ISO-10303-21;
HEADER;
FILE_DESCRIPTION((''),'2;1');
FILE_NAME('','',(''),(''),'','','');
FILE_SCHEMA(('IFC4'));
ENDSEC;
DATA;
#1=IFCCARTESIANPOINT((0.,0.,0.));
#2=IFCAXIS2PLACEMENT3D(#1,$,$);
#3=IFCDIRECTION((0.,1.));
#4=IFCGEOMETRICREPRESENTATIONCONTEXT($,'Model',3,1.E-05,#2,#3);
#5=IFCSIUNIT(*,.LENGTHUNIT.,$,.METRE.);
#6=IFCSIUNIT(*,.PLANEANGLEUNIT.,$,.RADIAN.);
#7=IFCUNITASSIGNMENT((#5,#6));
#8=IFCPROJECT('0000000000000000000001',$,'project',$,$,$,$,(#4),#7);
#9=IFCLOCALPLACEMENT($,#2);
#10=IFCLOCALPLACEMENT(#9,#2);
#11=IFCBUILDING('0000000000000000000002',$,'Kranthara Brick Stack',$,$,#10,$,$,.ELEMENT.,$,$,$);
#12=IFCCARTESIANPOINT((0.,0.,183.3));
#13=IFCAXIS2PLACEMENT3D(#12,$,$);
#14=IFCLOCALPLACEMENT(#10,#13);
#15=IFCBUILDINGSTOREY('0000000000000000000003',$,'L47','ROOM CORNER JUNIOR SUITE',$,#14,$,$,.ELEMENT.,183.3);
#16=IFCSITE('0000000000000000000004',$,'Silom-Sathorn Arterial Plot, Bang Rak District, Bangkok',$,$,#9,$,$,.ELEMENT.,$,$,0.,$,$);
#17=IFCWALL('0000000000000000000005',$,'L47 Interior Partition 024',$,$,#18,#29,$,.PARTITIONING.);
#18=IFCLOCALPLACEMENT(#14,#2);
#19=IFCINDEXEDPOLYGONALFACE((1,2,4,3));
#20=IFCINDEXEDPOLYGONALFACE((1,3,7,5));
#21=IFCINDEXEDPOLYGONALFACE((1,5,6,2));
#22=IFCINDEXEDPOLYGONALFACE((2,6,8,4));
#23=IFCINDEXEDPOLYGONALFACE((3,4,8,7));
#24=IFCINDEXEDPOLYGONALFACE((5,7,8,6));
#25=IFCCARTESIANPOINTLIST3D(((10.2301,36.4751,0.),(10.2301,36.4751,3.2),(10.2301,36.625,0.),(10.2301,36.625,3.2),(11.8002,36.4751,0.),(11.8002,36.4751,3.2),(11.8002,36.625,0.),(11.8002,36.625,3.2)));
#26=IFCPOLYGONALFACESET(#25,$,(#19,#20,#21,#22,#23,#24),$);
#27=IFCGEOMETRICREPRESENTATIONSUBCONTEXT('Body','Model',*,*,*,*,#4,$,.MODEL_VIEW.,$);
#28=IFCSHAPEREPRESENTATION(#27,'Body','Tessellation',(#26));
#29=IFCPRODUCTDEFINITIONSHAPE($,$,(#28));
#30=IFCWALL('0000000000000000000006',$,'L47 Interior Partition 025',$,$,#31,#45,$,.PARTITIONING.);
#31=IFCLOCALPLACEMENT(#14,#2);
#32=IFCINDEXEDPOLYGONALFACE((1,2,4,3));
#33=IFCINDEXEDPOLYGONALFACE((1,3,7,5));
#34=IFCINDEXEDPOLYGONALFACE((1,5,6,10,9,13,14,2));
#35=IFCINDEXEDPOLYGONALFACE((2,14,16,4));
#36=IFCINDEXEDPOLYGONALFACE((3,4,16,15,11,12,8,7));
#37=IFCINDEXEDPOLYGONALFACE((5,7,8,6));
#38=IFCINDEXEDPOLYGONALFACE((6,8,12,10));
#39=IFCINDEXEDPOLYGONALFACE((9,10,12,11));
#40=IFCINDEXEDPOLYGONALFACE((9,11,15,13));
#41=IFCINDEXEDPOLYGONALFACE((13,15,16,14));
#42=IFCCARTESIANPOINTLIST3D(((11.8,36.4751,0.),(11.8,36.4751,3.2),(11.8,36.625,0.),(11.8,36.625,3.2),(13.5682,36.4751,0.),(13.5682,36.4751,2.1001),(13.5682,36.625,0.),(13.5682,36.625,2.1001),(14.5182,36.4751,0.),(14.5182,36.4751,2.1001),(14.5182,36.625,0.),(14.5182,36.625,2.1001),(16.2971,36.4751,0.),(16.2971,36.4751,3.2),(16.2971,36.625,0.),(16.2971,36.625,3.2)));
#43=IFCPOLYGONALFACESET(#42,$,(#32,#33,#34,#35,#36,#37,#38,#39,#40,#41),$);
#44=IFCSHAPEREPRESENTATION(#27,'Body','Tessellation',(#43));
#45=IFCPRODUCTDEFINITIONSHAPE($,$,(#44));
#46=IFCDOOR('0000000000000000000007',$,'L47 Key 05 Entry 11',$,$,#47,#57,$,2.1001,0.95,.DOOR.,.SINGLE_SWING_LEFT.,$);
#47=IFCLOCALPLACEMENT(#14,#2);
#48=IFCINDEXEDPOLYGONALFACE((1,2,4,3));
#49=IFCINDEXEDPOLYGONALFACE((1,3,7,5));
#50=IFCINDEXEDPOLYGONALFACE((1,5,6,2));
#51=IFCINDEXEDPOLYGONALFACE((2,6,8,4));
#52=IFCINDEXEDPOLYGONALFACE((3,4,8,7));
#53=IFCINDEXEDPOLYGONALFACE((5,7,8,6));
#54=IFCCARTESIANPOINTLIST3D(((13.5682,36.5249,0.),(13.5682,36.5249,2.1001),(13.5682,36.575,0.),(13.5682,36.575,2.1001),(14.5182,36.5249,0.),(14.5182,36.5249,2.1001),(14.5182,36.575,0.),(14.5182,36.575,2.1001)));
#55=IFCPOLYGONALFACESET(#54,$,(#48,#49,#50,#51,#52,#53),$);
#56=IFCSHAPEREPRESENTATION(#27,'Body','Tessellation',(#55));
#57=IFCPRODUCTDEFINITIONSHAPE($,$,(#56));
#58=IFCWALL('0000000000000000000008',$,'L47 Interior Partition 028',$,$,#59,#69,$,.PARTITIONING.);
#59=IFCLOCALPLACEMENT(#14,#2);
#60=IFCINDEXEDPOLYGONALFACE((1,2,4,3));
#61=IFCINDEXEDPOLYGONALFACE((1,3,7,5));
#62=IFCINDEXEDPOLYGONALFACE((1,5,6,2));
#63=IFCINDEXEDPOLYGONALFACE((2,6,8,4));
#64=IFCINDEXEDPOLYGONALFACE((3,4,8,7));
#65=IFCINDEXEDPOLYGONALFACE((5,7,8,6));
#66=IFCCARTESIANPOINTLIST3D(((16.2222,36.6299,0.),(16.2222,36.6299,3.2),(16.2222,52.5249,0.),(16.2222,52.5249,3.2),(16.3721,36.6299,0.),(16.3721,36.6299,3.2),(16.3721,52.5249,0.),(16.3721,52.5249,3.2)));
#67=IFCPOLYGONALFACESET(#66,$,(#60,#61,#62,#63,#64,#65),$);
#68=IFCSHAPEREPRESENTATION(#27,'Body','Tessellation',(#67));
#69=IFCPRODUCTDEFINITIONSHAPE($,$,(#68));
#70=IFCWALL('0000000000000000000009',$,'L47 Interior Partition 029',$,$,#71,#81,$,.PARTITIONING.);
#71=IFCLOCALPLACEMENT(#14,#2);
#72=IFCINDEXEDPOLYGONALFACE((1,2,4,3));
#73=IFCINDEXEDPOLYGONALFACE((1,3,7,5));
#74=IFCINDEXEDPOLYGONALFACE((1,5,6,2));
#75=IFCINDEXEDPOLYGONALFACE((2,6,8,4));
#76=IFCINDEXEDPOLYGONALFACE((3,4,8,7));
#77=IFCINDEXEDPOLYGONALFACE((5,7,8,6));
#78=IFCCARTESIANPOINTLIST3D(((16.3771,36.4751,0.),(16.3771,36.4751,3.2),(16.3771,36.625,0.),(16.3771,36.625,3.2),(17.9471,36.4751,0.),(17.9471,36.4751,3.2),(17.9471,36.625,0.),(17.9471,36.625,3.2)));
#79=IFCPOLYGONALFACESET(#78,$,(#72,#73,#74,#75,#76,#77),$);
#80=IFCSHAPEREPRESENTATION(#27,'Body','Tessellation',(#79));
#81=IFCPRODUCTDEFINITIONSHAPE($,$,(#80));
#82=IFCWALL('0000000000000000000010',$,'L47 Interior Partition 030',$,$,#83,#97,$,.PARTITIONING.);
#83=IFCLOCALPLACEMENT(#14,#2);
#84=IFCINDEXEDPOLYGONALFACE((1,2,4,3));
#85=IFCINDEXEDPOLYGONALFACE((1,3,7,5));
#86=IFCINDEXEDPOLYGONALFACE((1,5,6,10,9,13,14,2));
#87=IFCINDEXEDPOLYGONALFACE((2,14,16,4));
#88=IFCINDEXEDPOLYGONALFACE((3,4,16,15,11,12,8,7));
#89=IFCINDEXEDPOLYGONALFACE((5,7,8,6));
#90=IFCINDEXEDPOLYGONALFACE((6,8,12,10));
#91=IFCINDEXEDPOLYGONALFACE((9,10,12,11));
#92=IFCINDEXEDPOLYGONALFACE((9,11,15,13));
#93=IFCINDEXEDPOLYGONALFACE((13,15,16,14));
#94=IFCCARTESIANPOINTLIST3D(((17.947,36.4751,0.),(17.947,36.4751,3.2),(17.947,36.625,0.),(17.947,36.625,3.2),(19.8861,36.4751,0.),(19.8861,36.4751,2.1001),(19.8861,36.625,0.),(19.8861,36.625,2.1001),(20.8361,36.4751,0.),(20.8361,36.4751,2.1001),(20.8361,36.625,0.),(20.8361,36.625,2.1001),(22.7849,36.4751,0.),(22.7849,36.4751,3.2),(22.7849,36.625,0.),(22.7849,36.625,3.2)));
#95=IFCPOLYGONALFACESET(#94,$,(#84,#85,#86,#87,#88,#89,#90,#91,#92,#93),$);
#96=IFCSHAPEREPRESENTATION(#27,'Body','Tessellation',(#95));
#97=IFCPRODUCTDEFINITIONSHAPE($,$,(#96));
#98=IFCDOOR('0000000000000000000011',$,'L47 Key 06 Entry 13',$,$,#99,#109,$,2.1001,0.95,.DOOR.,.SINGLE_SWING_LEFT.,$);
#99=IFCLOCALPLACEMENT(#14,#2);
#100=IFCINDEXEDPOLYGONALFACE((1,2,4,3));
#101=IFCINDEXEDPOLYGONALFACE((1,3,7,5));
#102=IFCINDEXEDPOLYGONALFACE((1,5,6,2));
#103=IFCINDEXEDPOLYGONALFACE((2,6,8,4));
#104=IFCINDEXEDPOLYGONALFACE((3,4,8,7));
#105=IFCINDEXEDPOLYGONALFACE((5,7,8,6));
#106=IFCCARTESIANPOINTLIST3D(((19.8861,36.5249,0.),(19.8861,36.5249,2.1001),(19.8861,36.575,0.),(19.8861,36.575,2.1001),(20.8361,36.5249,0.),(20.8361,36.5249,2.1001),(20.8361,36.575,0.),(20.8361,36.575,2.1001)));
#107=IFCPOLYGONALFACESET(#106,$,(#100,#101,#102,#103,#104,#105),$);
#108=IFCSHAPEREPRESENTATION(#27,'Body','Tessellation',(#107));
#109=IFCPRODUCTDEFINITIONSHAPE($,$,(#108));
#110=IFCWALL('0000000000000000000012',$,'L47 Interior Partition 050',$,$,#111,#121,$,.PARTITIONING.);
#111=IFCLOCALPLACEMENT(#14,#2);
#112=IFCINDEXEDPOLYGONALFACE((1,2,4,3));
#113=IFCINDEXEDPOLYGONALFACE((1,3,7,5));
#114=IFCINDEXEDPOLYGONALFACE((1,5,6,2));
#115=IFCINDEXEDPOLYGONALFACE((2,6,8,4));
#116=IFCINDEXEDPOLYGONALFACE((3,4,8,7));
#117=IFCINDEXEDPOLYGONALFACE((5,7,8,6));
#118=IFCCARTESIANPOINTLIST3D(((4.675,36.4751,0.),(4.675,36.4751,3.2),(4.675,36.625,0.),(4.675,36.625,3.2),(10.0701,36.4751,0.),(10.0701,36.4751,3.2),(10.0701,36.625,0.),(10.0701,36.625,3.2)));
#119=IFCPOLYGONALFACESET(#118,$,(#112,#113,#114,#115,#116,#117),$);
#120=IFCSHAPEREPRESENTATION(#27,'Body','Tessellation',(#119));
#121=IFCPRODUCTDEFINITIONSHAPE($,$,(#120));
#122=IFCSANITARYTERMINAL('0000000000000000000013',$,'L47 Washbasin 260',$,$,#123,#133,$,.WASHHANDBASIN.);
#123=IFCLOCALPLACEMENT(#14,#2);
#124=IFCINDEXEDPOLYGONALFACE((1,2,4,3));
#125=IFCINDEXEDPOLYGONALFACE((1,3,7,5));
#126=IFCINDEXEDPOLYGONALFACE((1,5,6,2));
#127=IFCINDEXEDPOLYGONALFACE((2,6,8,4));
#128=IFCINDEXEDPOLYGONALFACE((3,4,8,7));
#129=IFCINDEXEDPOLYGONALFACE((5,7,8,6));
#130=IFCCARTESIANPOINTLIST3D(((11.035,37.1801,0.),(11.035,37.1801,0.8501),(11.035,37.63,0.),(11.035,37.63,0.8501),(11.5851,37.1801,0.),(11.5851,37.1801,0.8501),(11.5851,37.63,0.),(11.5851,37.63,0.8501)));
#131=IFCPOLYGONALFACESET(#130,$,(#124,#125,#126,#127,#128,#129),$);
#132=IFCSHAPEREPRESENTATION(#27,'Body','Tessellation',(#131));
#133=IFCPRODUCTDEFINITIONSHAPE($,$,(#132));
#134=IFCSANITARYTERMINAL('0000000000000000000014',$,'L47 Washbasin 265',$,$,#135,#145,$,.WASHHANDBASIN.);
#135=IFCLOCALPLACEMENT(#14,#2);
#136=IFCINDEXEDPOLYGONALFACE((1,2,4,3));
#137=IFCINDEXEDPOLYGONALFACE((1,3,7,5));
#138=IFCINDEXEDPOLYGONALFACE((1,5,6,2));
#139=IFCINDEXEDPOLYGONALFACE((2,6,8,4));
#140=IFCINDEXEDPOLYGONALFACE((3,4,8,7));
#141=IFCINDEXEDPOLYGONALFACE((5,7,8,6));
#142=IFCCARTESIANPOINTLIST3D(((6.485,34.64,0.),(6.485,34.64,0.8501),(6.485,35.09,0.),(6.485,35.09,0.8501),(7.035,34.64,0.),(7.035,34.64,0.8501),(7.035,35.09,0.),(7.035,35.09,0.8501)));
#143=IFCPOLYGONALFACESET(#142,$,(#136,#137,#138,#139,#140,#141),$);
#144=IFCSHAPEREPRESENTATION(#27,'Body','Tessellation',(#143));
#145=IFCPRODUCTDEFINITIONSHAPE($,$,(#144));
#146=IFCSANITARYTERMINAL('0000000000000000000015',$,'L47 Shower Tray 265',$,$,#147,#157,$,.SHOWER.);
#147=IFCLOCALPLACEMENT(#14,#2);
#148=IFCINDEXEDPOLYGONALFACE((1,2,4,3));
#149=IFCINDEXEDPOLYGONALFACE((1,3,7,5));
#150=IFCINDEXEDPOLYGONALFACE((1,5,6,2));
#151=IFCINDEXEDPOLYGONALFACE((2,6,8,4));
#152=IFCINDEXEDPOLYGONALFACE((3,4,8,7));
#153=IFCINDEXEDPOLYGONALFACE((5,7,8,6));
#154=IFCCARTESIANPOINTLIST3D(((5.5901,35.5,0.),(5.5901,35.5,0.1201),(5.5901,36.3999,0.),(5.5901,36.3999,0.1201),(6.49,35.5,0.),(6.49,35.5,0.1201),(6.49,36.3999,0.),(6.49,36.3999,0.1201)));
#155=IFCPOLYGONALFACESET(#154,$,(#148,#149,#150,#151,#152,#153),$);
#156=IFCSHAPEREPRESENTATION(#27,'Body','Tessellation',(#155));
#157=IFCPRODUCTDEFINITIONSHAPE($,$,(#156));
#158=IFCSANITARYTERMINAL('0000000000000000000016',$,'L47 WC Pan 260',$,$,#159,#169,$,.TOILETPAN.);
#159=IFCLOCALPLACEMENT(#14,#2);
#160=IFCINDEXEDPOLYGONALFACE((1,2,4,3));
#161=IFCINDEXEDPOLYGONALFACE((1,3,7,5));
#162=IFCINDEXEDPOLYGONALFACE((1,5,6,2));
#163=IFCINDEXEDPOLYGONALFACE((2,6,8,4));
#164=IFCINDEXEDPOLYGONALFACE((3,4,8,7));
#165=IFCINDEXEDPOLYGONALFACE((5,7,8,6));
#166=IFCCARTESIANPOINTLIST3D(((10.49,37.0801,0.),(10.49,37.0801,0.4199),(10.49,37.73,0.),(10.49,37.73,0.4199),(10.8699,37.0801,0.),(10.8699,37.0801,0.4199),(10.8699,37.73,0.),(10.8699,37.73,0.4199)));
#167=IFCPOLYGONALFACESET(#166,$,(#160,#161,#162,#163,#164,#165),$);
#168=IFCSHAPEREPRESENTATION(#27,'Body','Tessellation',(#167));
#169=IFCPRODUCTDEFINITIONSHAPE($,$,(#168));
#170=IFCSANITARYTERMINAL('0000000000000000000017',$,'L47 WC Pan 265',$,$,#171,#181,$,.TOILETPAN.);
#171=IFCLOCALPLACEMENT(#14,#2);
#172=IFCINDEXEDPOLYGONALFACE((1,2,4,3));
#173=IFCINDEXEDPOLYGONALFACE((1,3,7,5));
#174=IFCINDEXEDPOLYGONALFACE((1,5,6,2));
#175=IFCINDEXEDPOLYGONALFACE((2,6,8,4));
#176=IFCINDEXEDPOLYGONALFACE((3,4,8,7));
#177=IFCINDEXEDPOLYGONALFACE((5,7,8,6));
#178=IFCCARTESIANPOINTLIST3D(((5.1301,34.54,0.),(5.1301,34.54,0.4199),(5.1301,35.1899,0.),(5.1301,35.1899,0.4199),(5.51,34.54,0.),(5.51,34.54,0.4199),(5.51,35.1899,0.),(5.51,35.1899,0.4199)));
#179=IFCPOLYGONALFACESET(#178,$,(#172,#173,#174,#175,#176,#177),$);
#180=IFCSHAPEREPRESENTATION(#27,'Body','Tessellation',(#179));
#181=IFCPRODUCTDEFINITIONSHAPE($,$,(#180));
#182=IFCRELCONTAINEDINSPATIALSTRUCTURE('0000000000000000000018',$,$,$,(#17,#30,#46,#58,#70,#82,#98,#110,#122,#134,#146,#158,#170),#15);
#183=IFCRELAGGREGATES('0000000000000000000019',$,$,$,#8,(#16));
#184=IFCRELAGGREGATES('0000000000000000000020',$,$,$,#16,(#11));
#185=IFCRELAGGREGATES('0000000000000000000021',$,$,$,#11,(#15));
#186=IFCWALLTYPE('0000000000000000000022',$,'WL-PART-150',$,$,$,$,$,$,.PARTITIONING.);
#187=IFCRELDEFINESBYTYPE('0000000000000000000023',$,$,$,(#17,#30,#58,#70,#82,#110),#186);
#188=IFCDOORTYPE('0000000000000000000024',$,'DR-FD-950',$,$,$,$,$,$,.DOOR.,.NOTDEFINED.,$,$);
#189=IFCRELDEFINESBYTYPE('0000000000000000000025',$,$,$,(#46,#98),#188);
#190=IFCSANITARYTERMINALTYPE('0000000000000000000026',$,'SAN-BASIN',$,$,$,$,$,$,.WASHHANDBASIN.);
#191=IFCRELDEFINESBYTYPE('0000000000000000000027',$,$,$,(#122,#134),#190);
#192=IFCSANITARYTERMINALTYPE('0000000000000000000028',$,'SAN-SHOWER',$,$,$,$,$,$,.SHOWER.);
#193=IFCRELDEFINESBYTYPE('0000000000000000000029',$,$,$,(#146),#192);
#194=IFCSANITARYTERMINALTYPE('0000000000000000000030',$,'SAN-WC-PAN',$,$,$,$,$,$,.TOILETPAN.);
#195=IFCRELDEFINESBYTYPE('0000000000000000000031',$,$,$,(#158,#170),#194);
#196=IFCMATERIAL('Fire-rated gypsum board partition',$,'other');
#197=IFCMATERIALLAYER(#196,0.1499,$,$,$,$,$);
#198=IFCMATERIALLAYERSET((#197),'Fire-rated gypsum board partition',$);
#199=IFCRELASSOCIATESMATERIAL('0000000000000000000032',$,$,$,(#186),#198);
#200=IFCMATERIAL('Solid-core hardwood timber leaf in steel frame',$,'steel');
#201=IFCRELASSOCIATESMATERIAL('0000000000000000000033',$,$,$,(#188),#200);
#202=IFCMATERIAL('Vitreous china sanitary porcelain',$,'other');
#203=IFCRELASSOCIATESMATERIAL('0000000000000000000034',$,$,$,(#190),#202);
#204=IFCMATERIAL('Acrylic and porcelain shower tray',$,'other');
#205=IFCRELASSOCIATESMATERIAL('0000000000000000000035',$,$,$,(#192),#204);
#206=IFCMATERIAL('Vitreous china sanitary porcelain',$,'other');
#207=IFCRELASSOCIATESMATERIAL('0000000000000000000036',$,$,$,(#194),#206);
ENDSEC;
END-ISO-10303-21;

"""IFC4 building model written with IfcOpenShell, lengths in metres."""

from ifc_helpers import new_model, si_unit, direction, frame, frame_2d, origin, origin_2d, place, context, subcontext, project, spatial, rectangle, extrude, material, layer, layer_set, type_object, element, fill, save


model = new_model("IFC4")

# Units and contexts
model_context = context("Model", 3, precision=1e-05, world=origin(), true_north=direction((0.0, 1.0)))
body_context = subcontext(model_context, "Body", "Model", "MODEL_VIEW")
ifc_project = project(units=[si_unit("LENGTHUNIT", "METRE"), si_unit("PLANEANGLEUNIT", "RADIAN")], contexts=[model_context])

# Site, building, storey
site_placement = place(None, origin())
site = spatial("IfcSite", under=ifc_project, at=site_placement, Name="Silom-Sathorn Arterial Plot, Bang Rak District, Bangkok", CompositionType="ELEMENT", RefElevation=0.0)
building_placement = place(site_placement, origin())
building = spatial("IfcBuilding", under=site, at=building_placement, Name="Kranthara Brick Stack", CompositionType="ELEMENT")
storey_placement = place(building_placement, frame((0.0, 0.0, 183.3)))
storey = spatial("IfcBuildingStorey", under=building, at=storey_placement, Name="L47", Description="ROOM CORNER JUNIOR SUITE", CompositionType="ELEMENT", Elevation=183.3)

# Wall
ifc_material_1 = material(Name="Fire-rated gypsum board partition", Category="other")
ifc_layer_1 = layer(ifc_material_1, 0.1499)
ifc_layer_set_1 = layer_set([ifc_layer_1], Name="Fire-rated gypsum board partition")
wall_type_1 = type_object("IfcWallType", Name="WL-PART-150", PredefinedType="PARTITIONING", material=ifc_layer_set_1)
wall_1_placement = place(storey_placement, frame((10.23, 36.55, 0.0), z_axis=(0.0, 0.0, 1.0), x_axis=(1.0, 0.0, 0.0)))
element("IfcWall", 1, at=wall_1_placement, inside=storey, type_object=wall_type_1, Name="L47 Interior Partition 024", PredefinedType="PARTITIONING", context=body_context, shape_type="SweptSolid", body=[
    extrude(rectangle(XDim=1.5701, YDim=0.1499, at=frame_2d((0.7852, 0.0))), origin(), (0.0, 0.0, 1.0), 3.2),
])

# Wall, opening, door
wall_2_placement = place(storey_placement, frame((11.8, 36.55, 0.0), z_axis=(0.0, 0.0, 1.0), x_axis=(1.0, 0.0, 0.0)))
wall_2 = element("IfcWall", 2, at=wall_2_placement, inside=storey, type_object=wall_type_1, Name="L47 Interior Partition 025", PredefinedType="PARTITIONING", context=body_context, shape_type="SweptSolid", body=[
    extrude(rectangle(XDim=4.4971, YDim=0.1499, at=frame_2d((2.2485, 0.0))), origin(), (0.0, 0.0, 1.0), 3.2),
])
opening_1_placement = place(wall_2_placement, frame((1.7681, 0.0, 0.0)))
opening_1 = element("IfcOpeningElement", 3, at=opening_1_placement, cuts=wall_2, PredefinedType="OPENING", context=body_context, shape_type="SweptSolid", body=[
    extrude(rectangle(XDim=0.95, YDim=2.1001, at=frame_2d((0.4751, 1.05))), frame((0.0, 0.085, 0.0), z_axis=(0.0, -1.0, 0.0), x_axis=(1.0, 0.0, 0.0)), (0.0, 0.0, 1.0), 0.1699),
])
ifc_material_2 = material(Name="Solid-core hardwood timber leaf in steel frame", Category="steel")
door_type_1 = type_object("IfcDoorType", Name="DR-FD-950", OperationType="NOTDEFINED", PredefinedType="DOOR", material=ifc_material_2)
door_1_placement = place(opening_1_placement, origin())
door_1 = element("IfcDoor", 4, at=door_1_placement, inside=storey, type_object=door_type_1, Name="L47 Key 05 Entry 11", OperationType="SINGLE_SWING_LEFT", OverallHeight=2.1001, OverallWidth=0.95, PredefinedType="DOOR", context=body_context, shape_type="SweptSolid", body=[
    extrude(rectangle(XDim=0.95, YDim=2.1001, at=frame_2d((0.4751, 1.05))), frame((0.0, 0.0249, 0.0), z_axis=(0.0, -1.0, 0.0), x_axis=(1.0, 0.0, 0.0)), (0.0, 0.0, 1.0), 0.05),
])
fill(opening_1, door_1)

# Walls
wall_3_placement = place(storey_placement, frame((16.2971, 36.6299, 0.0), z_axis=(0.0, 0.0, 1.0), x_axis=(0.0, 1.0, 0.0)))
element("IfcWall", 5, at=wall_3_placement, inside=storey, type_object=wall_type_1, Name="L47 Interior Partition 028", PredefinedType="PARTITIONING", context=body_context, shape_type="SweptSolid", body=[
    extrude(rectangle(XDim=15.895, YDim=0.1499, at=frame_2d((7.9475, 0.0))), origin(), (0.0, 0.0, 1.0), 3.2),
])
wall_4_placement = place(storey_placement, frame((16.377, 36.55, 0.0), z_axis=(0.0, 0.0, 1.0), x_axis=(1.0, 0.0, 0.0)))
element("IfcWall", 6, at=wall_4_placement, inside=storey, type_object=wall_type_1, Name="L47 Interior Partition 029", PredefinedType="PARTITIONING", context=body_context, shape_type="SweptSolid", body=[
    extrude(rectangle(XDim=1.5701, YDim=0.1499, at=frame_2d((0.7852, 0.0))), origin(), (0.0, 0.0, 1.0), 3.2),
])

# Wall, opening, door
wall_5_placement = place(storey_placement, frame((17.947, 36.55, 0.0), z_axis=(0.0, 0.0, 1.0), x_axis=(1.0, 0.0, 0.0)))
wall_5 = element("IfcWall", 7, at=wall_5_placement, inside=storey, type_object=wall_type_1, Name="L47 Interior Partition 030", PredefinedType="PARTITIONING", context=body_context, shape_type="SweptSolid", body=[
    extrude(rectangle(XDim=4.8379, YDim=0.1499, at=frame_2d((2.4189, 0.0))), origin(), (0.0, 0.0, 1.0), 3.2),
])
opening_2_placement = place(wall_5_placement, frame((1.939, 0.0, 0.0)))
opening_2 = element("IfcOpeningElement", 8, at=opening_2_placement, cuts=wall_5, PredefinedType="OPENING", context=body_context, shape_type="SweptSolid", body=[
    extrude(rectangle(XDim=0.95, YDim=2.1001, at=frame_2d((0.4751, 1.05))), frame((0.0, 0.085, 0.0), z_axis=(0.0, -1.0, 0.0), x_axis=(1.0, 0.0, 0.0)), (0.0, 0.0, 1.0), 0.1699),
])
door_2_placement = place(opening_2_placement, origin())
door_2 = element("IfcDoor", 9, at=door_2_placement, inside=storey, type_object=door_type_1, Name="L47 Key 06 Entry 13", OperationType="SINGLE_SWING_LEFT", OverallHeight=2.1001, OverallWidth=0.95, PredefinedType="DOOR", context=body_context, shape_type="SweptSolid", body=[
    extrude(rectangle(XDim=0.95, YDim=2.1001, at=frame_2d((0.4751, 1.05))), frame((0.0, 0.0249, 0.0), z_axis=(0.0, -1.0, 0.0), x_axis=(1.0, 0.0, 0.0)), (0.0, 0.0, 1.0), 0.05),
])
fill(opening_2, door_2)

# Wall
wall_6_placement = place(storey_placement, frame((4.675, 36.55, 0.0), z_axis=(0.0, 0.0, 1.0), x_axis=(1.0, 0.0, 0.0)))
element("IfcWall", 10, at=wall_6_placement, inside=storey, type_object=wall_type_1, Name="L47 Interior Partition 050", PredefinedType="PARTITIONING", context=body_context, shape_type="SweptSolid", body=[
    extrude(rectangle(XDim=5.395, YDim=0.1499, at=frame_2d((2.6975, 0.0))), origin(), (0.0, 0.0, 1.0), 3.2),
])

# Sanitary terminals
ifc_material_3 = material(Name="Vitreous china sanitary porcelain", Category="other")
sanitary_terminal_type_1 = type_object("IfcSanitaryTerminalType", Name="SAN-BASIN", PredefinedType="WASHHANDBASIN", material=ifc_material_3)
for number, where, z_axis, x_axis, name in (
    (11, (11.3101, 37.405, 0.0), (0.0, 0.0, 1.0), (1.0, 0.0, 0.0), "L47 Washbasin 260"),
    (12, (6.76, 34.865, 0.0), (0.0, 0.0, 1.0), (1.0, 0.0, 0.0), "L47 Washbasin 265"),
):
    element("IfcSanitaryTerminal", number, at=place(storey_placement, frame(where, z_axis=z_axis, x_axis=x_axis)), inside=storey, type_object=sanitary_terminal_type_1, Name=name, PredefinedType="WASHHANDBASIN", context=body_context, shape_type="SweptSolid", body=[
        extrude(rectangle(XDim=0.55, YDim=0.45, at=origin_2d()), origin(), (0.0, 0.0, 1.0), 0.8501),
    ])
ifc_material_4 = material(Name="Acrylic and porcelain shower tray", Category="other")
sanitary_terminal_type_2 = type_object("IfcSanitaryTerminalType", Name="SAN-SHOWER", PredefinedType="SHOWER", material=ifc_material_4)
sanitary_terminal_placement = place(storey_placement, frame((6.04, 35.95, 0.0), z_axis=(0.0, 0.0, 1.0), x_axis=(1.0, 0.0, 0.0)))
element("IfcSanitaryTerminal", 13, at=sanitary_terminal_placement, inside=storey, type_object=sanitary_terminal_type_2, Name="L47 Shower Tray 265", PredefinedType="SHOWER", context=body_context, shape_type="SweptSolid", body=[
    extrude(rectangle(XDim=0.8999, YDim=0.8999, at=origin_2d()), origin(), (0.0, 0.0, 1.0), 0.1201),
])
ifc_material_5 = material(Name="Vitreous china sanitary porcelain", Category="other")
sanitary_terminal_type_3 = type_object("IfcSanitaryTerminalType", Name="SAN-WC-PAN", PredefinedType="TOILETPAN", material=ifc_material_5)
for number, where, z_axis, x_axis, name in (
    (14, (10.6799, 37.405, 0.0), (0.0, 0.0, 1.0), (1.0, 0.0, 0.0), "L47 WC Pan 260"),
    (15, (5.3201, 34.865, 0.0), (0.0, 0.0, 1.0), (1.0, 0.0, 0.0), "L47 WC Pan 265"),
):
    element("IfcSanitaryTerminal", number, at=place(storey_placement, frame(where, z_axis=z_axis, x_axis=x_axis)), inside=storey, type_object=sanitary_terminal_type_3, Name=name, PredefinedType="TOILETPAN", context=body_context, shape_type="SweptSolid", body=[
        extrude(rectangle(XDim=0.3799, YDim=0.6499, at=origin_2d()), origin(), (0.0, 0.0, 1.0), 0.4199),
    ])

save(model, "model.ifc")
